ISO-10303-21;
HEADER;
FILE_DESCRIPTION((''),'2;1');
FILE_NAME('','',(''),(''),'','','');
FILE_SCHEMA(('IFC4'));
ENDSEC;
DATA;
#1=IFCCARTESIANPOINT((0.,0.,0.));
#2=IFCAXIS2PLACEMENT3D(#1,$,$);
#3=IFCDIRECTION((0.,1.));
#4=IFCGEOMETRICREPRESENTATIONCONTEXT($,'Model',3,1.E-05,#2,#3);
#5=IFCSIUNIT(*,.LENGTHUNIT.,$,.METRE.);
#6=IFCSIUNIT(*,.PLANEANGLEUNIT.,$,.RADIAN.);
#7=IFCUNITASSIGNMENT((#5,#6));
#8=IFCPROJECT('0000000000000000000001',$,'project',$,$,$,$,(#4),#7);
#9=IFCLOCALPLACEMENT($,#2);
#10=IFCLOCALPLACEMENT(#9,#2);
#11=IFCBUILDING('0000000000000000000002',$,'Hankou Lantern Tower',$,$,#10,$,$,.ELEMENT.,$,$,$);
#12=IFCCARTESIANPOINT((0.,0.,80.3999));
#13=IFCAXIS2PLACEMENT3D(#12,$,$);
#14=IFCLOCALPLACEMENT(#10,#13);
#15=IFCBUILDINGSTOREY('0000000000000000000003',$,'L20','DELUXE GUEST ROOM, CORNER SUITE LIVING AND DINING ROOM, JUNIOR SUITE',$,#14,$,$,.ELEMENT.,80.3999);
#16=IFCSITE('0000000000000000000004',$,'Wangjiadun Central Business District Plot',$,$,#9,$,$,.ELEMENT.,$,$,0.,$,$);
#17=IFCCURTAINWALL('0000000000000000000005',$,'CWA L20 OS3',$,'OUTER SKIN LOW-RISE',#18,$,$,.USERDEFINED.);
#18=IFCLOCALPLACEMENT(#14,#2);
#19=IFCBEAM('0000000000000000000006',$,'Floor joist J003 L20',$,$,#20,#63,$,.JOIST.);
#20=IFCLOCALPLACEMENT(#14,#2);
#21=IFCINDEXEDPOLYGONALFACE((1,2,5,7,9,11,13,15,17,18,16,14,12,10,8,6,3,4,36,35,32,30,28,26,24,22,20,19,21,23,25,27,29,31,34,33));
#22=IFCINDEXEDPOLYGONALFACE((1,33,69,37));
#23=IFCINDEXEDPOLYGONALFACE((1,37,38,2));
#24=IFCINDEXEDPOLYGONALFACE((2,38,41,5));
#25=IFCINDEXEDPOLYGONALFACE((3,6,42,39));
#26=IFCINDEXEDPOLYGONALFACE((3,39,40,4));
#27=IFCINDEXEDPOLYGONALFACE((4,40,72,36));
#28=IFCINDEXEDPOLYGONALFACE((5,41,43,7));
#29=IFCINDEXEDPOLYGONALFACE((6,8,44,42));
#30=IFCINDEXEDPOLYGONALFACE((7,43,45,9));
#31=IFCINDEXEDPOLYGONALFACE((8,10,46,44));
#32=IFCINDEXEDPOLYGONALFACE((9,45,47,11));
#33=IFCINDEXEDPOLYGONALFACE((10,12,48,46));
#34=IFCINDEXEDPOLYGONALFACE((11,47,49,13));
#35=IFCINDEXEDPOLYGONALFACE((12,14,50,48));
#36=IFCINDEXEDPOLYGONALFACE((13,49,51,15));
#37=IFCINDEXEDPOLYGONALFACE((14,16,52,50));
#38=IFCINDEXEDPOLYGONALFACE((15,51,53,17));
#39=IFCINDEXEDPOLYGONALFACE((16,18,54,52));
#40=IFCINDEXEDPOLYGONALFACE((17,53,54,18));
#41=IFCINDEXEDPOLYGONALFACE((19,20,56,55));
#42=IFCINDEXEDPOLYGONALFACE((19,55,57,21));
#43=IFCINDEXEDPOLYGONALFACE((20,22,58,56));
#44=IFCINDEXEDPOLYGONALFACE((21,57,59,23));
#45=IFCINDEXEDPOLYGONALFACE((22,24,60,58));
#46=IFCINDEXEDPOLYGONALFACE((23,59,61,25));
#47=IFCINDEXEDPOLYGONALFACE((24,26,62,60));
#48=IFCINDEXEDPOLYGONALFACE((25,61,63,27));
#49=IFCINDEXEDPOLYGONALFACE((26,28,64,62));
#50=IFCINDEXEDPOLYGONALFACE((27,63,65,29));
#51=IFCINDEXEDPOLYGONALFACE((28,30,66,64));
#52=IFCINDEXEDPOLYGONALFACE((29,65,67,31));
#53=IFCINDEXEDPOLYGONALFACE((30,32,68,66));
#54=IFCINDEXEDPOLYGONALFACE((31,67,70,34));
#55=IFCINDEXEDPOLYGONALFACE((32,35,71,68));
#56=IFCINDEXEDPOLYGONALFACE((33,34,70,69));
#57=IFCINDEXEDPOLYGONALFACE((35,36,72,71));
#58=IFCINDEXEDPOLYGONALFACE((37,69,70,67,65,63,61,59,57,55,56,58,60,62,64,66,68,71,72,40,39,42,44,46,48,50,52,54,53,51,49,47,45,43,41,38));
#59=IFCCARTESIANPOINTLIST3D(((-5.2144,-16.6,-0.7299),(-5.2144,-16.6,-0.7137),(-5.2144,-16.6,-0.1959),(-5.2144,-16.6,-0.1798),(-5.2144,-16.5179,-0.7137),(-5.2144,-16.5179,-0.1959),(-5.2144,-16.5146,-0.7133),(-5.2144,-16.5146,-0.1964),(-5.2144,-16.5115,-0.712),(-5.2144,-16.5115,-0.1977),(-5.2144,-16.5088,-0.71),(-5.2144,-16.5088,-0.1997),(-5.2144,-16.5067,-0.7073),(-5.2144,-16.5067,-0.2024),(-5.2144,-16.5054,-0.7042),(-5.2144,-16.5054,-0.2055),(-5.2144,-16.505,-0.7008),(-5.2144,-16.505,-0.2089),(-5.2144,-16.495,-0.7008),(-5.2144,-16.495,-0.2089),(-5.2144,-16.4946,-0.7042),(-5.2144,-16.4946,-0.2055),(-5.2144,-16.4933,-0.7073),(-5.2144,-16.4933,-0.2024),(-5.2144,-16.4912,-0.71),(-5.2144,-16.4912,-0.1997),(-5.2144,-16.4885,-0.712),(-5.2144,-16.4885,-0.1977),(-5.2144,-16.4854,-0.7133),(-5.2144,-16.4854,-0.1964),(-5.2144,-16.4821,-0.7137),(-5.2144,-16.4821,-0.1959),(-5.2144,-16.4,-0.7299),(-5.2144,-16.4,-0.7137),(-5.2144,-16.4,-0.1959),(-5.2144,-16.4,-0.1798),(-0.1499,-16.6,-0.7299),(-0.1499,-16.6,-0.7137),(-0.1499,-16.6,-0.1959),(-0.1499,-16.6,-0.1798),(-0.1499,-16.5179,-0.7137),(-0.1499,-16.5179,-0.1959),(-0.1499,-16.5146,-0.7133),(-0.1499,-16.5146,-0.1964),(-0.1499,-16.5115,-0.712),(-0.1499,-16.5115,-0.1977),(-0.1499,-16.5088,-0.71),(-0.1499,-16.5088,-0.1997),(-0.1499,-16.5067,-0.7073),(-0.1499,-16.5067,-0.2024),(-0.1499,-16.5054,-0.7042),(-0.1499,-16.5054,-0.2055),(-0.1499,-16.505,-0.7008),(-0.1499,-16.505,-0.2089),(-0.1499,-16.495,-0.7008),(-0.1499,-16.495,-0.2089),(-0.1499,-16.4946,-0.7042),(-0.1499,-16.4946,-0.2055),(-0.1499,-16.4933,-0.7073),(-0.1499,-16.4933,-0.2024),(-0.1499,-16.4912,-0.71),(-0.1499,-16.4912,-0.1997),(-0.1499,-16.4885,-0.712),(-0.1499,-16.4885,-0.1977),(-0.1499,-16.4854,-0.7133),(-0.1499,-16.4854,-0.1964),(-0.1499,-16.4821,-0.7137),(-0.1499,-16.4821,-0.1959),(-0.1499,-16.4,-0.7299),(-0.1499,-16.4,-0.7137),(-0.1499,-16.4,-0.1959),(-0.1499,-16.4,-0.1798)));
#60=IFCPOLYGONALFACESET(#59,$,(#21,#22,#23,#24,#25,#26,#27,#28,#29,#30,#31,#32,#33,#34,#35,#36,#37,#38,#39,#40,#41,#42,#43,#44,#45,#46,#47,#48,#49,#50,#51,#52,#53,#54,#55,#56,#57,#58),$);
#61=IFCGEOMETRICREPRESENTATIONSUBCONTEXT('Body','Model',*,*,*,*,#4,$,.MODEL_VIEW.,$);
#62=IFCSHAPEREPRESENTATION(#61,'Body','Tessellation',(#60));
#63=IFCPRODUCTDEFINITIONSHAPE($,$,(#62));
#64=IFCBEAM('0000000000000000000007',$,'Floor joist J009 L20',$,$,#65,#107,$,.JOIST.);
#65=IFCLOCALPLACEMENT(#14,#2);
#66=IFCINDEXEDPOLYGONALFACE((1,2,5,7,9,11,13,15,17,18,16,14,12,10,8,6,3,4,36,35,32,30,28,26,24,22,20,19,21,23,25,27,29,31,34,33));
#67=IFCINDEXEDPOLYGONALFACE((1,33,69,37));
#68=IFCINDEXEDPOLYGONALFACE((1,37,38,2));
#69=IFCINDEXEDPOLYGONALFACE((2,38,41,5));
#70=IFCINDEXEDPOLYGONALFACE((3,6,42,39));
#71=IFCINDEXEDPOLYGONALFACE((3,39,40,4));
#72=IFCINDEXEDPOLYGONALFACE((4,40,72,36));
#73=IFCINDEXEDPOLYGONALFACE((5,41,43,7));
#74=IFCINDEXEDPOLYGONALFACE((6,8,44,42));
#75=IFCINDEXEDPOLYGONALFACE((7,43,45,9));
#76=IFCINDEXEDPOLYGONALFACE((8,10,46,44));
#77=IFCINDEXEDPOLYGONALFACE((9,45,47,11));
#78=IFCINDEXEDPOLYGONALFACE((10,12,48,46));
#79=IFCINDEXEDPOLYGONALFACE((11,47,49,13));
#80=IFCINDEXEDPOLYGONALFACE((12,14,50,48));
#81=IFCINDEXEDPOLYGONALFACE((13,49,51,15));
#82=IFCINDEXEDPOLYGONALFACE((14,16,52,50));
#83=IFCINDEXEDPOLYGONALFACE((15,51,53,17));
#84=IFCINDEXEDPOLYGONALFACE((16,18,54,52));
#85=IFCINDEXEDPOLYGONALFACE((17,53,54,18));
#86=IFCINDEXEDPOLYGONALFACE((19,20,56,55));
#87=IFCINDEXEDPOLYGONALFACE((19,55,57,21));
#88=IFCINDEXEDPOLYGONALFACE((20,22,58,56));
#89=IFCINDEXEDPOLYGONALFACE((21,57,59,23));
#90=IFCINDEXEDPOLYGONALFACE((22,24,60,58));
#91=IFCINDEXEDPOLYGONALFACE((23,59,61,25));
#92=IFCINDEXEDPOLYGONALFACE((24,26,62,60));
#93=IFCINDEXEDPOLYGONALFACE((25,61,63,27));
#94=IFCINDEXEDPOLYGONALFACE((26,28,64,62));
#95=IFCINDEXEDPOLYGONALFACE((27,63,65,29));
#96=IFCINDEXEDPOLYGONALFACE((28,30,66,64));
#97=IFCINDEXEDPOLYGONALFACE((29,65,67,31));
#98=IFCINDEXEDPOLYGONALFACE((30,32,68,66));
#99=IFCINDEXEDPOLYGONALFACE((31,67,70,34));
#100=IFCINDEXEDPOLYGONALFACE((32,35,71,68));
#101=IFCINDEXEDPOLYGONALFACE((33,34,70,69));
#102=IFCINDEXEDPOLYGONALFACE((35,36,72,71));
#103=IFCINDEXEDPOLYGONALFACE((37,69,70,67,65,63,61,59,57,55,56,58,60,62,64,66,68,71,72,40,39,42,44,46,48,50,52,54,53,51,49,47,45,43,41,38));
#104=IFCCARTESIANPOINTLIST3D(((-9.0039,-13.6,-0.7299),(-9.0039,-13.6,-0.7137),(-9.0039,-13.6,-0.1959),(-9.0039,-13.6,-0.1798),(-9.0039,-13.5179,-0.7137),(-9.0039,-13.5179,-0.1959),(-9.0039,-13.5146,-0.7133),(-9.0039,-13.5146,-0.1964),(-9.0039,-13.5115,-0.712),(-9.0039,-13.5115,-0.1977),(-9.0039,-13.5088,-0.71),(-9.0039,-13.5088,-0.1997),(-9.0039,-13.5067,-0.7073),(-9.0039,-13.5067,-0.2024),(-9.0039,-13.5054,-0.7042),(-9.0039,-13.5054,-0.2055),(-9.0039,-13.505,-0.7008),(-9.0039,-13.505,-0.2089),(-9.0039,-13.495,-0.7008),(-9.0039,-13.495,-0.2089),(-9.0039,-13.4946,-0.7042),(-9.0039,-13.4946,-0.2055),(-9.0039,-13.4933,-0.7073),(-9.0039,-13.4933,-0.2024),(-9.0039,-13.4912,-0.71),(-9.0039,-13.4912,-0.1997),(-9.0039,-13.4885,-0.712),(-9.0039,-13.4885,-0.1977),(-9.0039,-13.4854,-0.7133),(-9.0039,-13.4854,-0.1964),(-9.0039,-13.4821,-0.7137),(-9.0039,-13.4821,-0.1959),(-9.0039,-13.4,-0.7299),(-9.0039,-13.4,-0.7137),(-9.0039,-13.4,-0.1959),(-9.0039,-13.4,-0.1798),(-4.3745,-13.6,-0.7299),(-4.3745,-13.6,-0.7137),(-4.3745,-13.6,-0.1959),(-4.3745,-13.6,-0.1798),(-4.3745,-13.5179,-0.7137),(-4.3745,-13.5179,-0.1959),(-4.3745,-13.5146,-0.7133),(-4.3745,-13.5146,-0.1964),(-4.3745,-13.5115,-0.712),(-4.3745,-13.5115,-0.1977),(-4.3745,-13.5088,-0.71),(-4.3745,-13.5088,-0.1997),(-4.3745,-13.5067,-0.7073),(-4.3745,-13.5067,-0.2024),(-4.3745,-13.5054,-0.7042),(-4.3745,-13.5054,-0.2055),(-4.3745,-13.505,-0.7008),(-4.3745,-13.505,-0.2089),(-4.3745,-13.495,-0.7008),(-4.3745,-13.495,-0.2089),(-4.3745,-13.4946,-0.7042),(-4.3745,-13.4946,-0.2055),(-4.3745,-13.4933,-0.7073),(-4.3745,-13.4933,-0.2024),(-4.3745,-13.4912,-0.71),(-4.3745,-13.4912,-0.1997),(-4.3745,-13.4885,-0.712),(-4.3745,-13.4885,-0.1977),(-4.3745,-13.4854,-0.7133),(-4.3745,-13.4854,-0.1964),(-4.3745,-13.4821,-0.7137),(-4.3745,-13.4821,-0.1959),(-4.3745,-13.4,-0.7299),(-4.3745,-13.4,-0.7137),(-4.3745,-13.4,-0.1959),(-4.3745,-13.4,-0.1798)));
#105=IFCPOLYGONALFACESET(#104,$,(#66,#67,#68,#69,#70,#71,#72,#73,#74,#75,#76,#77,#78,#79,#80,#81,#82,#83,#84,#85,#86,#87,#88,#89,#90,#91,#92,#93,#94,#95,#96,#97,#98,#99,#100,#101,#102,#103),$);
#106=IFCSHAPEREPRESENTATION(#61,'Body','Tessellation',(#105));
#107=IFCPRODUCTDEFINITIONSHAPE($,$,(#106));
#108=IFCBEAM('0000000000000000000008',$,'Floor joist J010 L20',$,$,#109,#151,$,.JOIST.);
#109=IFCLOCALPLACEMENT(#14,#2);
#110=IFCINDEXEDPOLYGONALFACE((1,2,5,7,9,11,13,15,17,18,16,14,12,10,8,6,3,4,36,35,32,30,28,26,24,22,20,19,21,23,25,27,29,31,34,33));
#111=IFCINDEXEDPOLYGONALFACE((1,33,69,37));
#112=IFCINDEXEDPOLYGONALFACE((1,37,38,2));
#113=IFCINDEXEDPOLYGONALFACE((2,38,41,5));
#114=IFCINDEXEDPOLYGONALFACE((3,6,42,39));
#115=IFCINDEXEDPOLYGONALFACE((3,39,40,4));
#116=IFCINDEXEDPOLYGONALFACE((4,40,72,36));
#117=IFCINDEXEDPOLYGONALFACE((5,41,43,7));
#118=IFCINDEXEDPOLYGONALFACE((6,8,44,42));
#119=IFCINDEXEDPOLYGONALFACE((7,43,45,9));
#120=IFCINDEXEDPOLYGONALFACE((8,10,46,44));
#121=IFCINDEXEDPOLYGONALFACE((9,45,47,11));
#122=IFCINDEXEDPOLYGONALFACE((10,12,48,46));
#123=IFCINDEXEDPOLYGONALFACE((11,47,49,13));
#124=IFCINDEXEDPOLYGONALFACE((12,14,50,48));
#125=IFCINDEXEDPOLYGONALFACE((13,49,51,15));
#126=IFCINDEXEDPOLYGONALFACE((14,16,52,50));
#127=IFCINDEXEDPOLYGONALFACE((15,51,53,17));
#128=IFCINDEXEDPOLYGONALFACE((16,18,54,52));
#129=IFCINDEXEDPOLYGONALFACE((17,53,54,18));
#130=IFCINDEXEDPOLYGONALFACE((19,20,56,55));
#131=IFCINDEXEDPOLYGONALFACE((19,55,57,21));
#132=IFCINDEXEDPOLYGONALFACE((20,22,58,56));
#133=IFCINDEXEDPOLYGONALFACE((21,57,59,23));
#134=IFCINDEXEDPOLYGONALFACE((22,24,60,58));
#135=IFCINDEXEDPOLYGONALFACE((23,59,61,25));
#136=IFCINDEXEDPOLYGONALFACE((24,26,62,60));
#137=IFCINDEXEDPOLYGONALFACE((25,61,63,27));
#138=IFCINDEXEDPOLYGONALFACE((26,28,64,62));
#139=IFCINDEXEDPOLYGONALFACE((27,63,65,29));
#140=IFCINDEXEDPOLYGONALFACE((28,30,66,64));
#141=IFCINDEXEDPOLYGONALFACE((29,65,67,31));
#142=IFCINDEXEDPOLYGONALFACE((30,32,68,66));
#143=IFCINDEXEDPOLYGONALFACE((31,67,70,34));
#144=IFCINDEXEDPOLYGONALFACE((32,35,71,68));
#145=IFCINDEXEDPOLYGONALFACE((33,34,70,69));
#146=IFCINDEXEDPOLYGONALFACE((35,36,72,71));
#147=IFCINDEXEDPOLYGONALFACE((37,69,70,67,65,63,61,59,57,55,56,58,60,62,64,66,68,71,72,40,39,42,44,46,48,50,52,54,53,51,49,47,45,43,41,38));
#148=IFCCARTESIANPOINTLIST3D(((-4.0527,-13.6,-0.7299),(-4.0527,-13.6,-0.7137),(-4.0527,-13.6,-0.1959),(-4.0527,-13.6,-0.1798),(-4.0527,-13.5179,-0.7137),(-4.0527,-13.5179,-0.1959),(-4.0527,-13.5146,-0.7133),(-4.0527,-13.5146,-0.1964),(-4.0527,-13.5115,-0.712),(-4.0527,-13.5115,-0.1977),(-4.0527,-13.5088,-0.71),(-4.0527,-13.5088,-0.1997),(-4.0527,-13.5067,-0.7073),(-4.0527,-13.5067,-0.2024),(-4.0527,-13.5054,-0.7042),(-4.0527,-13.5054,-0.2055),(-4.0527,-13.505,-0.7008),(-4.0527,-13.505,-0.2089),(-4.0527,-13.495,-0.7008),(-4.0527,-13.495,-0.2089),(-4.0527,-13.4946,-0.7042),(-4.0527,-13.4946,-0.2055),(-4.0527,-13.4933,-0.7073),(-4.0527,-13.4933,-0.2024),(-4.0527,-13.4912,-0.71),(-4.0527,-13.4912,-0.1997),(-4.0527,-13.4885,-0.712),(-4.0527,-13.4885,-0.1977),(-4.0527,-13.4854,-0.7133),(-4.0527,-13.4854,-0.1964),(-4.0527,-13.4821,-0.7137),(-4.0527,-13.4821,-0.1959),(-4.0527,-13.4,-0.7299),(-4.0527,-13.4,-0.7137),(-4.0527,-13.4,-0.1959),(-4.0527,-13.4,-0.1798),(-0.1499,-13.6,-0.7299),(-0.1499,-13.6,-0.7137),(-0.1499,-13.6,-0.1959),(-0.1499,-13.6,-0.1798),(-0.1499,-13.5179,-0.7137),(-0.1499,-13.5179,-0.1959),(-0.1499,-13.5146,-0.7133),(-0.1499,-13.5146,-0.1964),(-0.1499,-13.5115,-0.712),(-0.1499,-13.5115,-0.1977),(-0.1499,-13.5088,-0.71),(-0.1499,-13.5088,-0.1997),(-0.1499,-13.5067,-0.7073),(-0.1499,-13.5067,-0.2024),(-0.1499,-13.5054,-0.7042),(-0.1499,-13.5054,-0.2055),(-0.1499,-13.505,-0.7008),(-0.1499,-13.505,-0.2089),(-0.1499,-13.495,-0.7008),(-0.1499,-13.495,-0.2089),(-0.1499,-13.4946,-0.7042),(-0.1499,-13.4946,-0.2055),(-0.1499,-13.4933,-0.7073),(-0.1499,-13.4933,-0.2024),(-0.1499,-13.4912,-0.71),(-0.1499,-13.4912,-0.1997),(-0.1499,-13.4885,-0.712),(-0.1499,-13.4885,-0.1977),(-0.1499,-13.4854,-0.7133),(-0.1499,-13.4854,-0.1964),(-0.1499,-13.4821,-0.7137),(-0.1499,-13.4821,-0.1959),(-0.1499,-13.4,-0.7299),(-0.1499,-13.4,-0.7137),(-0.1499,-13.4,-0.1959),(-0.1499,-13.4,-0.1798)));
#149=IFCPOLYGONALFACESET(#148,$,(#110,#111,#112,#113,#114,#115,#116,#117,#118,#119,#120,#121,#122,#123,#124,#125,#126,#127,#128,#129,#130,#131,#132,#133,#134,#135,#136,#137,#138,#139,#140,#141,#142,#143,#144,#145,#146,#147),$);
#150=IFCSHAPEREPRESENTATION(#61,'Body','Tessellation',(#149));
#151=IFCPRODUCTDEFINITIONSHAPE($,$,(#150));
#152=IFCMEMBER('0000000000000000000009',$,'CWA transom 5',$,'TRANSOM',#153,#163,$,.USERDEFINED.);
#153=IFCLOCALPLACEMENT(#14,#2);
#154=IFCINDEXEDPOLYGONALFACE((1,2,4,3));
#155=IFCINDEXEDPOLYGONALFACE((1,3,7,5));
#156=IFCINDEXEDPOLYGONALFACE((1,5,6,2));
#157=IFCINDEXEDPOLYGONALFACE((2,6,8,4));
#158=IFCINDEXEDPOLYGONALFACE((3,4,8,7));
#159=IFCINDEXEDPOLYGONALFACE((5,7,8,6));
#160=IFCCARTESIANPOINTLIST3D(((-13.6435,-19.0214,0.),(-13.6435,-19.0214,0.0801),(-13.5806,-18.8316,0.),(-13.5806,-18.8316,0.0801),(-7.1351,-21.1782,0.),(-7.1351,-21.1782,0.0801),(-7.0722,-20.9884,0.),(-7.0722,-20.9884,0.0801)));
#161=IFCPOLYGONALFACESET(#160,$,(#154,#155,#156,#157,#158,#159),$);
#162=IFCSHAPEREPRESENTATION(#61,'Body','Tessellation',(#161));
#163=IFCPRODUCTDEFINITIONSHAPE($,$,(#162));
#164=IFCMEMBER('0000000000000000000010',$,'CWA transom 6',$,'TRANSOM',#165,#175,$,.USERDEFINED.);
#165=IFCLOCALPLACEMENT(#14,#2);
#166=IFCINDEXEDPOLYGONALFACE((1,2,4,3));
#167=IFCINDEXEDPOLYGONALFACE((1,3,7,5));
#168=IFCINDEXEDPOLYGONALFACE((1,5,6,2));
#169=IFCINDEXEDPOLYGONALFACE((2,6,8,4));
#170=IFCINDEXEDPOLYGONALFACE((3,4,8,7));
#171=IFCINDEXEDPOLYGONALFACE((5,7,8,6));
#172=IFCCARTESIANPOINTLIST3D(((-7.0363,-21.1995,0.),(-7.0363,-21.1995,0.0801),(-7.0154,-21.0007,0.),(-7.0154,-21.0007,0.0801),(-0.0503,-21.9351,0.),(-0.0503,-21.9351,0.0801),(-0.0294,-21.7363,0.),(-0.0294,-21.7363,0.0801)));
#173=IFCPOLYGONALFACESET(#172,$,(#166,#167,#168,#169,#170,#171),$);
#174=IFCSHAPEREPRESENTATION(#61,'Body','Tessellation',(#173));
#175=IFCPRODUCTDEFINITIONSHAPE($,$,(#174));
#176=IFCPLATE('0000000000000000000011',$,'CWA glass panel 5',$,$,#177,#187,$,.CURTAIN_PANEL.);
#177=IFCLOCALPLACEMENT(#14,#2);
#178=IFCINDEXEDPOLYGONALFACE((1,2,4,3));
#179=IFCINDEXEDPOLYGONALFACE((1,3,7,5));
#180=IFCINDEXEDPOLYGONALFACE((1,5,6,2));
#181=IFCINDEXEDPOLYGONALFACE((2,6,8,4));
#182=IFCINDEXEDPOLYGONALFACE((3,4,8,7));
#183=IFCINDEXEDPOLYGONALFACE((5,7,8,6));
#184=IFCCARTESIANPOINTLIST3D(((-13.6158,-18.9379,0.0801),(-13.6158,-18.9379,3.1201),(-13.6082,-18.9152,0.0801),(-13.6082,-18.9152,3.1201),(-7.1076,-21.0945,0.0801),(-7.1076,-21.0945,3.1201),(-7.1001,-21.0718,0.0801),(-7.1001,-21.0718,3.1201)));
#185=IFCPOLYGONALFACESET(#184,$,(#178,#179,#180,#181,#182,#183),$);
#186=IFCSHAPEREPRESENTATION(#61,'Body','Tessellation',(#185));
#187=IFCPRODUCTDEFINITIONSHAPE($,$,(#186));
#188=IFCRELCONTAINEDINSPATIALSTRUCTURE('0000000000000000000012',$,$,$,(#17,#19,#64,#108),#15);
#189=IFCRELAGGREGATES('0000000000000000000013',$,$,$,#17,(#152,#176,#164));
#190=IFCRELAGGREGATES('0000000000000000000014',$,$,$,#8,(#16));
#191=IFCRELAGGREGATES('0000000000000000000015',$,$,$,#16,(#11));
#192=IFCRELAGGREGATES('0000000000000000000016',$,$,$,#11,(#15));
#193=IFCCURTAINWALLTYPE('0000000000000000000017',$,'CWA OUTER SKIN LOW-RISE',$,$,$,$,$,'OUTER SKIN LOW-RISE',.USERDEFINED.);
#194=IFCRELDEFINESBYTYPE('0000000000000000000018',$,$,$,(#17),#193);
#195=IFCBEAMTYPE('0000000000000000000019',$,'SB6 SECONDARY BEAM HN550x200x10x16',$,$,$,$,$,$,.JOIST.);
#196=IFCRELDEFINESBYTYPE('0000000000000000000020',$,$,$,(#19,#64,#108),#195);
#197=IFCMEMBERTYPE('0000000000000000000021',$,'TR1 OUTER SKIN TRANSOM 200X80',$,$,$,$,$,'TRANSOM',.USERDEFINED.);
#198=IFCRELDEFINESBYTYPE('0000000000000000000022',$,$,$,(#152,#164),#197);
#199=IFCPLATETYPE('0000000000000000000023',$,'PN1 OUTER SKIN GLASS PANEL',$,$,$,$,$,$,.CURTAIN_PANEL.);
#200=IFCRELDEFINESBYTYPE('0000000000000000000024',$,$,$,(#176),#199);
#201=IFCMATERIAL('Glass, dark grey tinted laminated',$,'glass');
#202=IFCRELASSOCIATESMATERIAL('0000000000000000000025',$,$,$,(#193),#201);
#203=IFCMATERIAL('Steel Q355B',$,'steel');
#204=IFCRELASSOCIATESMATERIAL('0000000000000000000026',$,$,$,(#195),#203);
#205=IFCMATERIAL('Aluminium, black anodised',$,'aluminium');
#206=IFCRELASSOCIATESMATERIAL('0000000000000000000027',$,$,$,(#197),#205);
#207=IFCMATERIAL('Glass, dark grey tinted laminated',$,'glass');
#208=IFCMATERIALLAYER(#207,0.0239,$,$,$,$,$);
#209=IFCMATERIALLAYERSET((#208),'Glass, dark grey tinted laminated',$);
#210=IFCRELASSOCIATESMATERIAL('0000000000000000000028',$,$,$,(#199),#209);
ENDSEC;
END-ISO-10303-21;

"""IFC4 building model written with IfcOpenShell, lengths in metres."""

from ifc_helpers import new_model, si_unit, direction, frame, origin, origin_2d, place, context, subcontext, project, spatial, rectangle, i_section, extrude, material, layer, layer_set, material_profile, profile_set, type_object, element, aggregate, save


model = new_model("IFC4")

# Units and contexts
model_context = context("Model", 3, precision=1e-05, world=origin(), true_north=direction((0.0, 1.0)))
body_context = subcontext(model_context, "Body", "Model", "MODEL_VIEW")
ifc_project = project(units=[si_unit("LENGTHUNIT", "METRE"), si_unit("PLANEANGLEUNIT", "RADIAN")], contexts=[model_context])

# Site, building, storey
site_placement = place(None, origin())
site = spatial("IfcSite", under=ifc_project, at=site_placement, Name="Wangjiadun Central Business District Plot", CompositionType="ELEMENT", RefElevation=0.0)
building_placement = place(site_placement, origin())
building = spatial("IfcBuilding", under=site, at=building_placement, Name="Hankou Lantern Tower", CompositionType="ELEMENT")
storey_placement = place(building_placement, frame((0.0, 0.0, 80.3999)))
storey = spatial("IfcBuildingStorey", under=building, at=storey_placement, Name="L20", Description="DELUXE GUEST ROOM, CORNER SUITE LIVING AND DINING ROOM, JUNIOR SUITE", CompositionType="ELEMENT", Elevation=80.3999)

# Curtain wall
ifc_material_1 = material(Name="Glass, dark grey tinted laminated", Category="glass")
curtain_wall_type = type_object("IfcCurtainWallType", Name="CWA OUTER SKIN LOW-RISE", ElementType="OUTER SKIN LOW-RISE", PredefinedType="USERDEFINED", material=ifc_material_1)
curtain_wall_placement = place(storey_placement, origin())
curtain_wall = element("IfcCurtainWall", 1, at=curtain_wall_placement, inside=storey, type_object=curtain_wall_type, Name="CWA L20 OS3", ObjectType="OUTER SKIN LOW-RISE", PredefinedType="USERDEFINED")

# Beams
ifc_material_2 = material(Name="Steel Q355B", Category="steel")
ifc_material_profile_1 = material_profile(ifc_material_2, i_section(OverallWidth=0.2, OverallDepth=0.55, WebThickness=0.01, FlangeThickness=0.0161, FilletRadius=0.0129, at=origin_2d()), Name="HN550x200x10x16")
ifc_profile_set_1 = profile_set([ifc_material_profile_1], Name="Steel Q355B")
beam_type_1 = type_object("IfcBeamType", Name="SB6 SECONDARY BEAM HN550x200x10x16", PredefinedType="JOIST", material=ifc_profile_set_1)
beam_1_placement = place(storey_placement, frame((-5.2144, -16.5, -0.4548), z_axis=(1.0, 0.0, 0.0), x_axis=(0.0, 1.0, 0.0)))
element("IfcBeam", 2, at=beam_1_placement, inside=storey, type_object=beam_type_1, Name="Floor joist J003 L20", PredefinedType="JOIST", context=body_context, shape_type="SweptSolid", body=[
    extrude(i_section(OverallWidth=0.2, OverallDepth=0.55, WebThickness=0.01, FlangeThickness=0.0161, FilletRadius=0.0129, at=origin_2d()), origin(), (0.0, 0.0, 1.0), 5.0645),
])
beam_2_placement = place(storey_placement, frame((-9.0039, -13.5, -0.4548), z_axis=(1.0, 0.0, 0.0), x_axis=(0.0, 1.0, 0.0)))
element("IfcBeam", 3, at=beam_2_placement, inside=storey, type_object=beam_type_1, Name="Floor joist J009 L20", PredefinedType="JOIST", context=body_context, shape_type="SweptSolid", body=[
    extrude(i_section(OverallWidth=0.2, OverallDepth=0.55, WebThickness=0.01, FlangeThickness=0.0161, FilletRadius=0.0129, at=origin_2d()), origin(), (0.0, 0.0, 1.0), 4.6294),
])
beam_3_placement = place(storey_placement, frame((-4.0527, -13.5, -0.4548), z_axis=(1.0, 0.0, 0.0), x_axis=(0.0, 1.0, 0.0)))
element("IfcBeam", 4, at=beam_3_placement, inside=storey, type_object=beam_type_1, Name="Floor joist J010 L20", PredefinedType="JOIST", context=body_context, shape_type="SweptSolid", body=[
    extrude(i_section(OverallWidth=0.2, OverallDepth=0.55, WebThickness=0.01, FlangeThickness=0.0161, FilletRadius=0.0129, at=origin_2d()), origin(), (0.0, 0.0, 1.0), 3.9028),
])

# Members
ifc_material_3 = material(Name="Aluminium, black anodised", Category="aluminium")
ifc_material_profile_2 = material_profile(ifc_material_3, rectangle(XDim=0.2, YDim=0.0801, at=origin_2d()), Name="TR1 200X80")
ifc_profile_set_2 = profile_set([ifc_material_profile_2], Name="Aluminium, black anodised")
member_type_1 = type_object("IfcMemberType", Name="TR1 OUTER SKIN TRANSOM 200X80", ElementType="TRANSOM", PredefinedType="USERDEFINED", material=ifc_profile_set_2)
member_1_placement = place(storey_placement, frame((-13.6121, -18.9265, 0.04), z_axis=(0.949237, -0.314561, 0.0), x_axis=(0.314561, 0.949237, 0.0)))
member_1 = element("IfcMember", 5, at=member_1_placement, type_object=member_type_1, Name="CWA transom 5", ObjectType="TRANSOM", PredefinedType="USERDEFINED", context=body_context, shape_type="SweptSolid", body=[
    extrude(rectangle(XDim=0.2, YDim=0.0801, at=origin_2d()), origin(), (0.0, 0.0, 1.0), 6.8564),
])
member_2_placement = place(storey_placement, frame((-7.0259, -21.1001, 0.04), z_axis=(0.994502, -0.104716, 0.0), x_axis=(0.104716, 0.994502, 0.0)))
member_2 = element("IfcMember", 6, at=member_2_placement, type_object=member_type_1, Name="CWA transom 6", ObjectType="TRANSOM", PredefinedType="USERDEFINED", context=body_context, shape_type="SweptSolid", body=[
    extrude(rectangle(XDim=0.2, YDim=0.0801, at=origin_2d()), origin(), (0.0, 0.0, 1.0), 7.0247),
])

# Plate
ifc_material_4 = material(Name="Glass, dark grey tinted laminated", Category="glass")
ifc_layer_1 = layer(ifc_material_4, 0.0239)
ifc_layer_set_1 = layer_set([ifc_layer_1], Name="Glass, dark grey tinted laminated")
plate_type = type_object("IfcPlateType", Name="PN1 OUTER SKIN GLASS PANEL", PredefinedType="CURTAIN_PANEL", material=ifc_layer_set_1)
plate_1_placement = place(storey_placement, frame((-10.3579, -20.0049, 0.0801), z_axis=(0.0, 0.0, 1.0), x_axis=(0.949241, -0.314551, 0.0)))
plate_1 = element("IfcPlate", 7, at=plate_1_placement, type_object=plate_type, Name="CWA glass panel 5", PredefinedType="CURTAIN_PANEL", context=body_context, shape_type="SweptSolid", body=[
    extrude(rectangle(XDim=6.8562, YDim=0.0239, at=origin_2d()), origin(), (0.0, 0.0, 1.0), 3.04),
])
aggregate(curtain_wall, [member_1, plate_1, member_2])

save(model, "model.ifc")
